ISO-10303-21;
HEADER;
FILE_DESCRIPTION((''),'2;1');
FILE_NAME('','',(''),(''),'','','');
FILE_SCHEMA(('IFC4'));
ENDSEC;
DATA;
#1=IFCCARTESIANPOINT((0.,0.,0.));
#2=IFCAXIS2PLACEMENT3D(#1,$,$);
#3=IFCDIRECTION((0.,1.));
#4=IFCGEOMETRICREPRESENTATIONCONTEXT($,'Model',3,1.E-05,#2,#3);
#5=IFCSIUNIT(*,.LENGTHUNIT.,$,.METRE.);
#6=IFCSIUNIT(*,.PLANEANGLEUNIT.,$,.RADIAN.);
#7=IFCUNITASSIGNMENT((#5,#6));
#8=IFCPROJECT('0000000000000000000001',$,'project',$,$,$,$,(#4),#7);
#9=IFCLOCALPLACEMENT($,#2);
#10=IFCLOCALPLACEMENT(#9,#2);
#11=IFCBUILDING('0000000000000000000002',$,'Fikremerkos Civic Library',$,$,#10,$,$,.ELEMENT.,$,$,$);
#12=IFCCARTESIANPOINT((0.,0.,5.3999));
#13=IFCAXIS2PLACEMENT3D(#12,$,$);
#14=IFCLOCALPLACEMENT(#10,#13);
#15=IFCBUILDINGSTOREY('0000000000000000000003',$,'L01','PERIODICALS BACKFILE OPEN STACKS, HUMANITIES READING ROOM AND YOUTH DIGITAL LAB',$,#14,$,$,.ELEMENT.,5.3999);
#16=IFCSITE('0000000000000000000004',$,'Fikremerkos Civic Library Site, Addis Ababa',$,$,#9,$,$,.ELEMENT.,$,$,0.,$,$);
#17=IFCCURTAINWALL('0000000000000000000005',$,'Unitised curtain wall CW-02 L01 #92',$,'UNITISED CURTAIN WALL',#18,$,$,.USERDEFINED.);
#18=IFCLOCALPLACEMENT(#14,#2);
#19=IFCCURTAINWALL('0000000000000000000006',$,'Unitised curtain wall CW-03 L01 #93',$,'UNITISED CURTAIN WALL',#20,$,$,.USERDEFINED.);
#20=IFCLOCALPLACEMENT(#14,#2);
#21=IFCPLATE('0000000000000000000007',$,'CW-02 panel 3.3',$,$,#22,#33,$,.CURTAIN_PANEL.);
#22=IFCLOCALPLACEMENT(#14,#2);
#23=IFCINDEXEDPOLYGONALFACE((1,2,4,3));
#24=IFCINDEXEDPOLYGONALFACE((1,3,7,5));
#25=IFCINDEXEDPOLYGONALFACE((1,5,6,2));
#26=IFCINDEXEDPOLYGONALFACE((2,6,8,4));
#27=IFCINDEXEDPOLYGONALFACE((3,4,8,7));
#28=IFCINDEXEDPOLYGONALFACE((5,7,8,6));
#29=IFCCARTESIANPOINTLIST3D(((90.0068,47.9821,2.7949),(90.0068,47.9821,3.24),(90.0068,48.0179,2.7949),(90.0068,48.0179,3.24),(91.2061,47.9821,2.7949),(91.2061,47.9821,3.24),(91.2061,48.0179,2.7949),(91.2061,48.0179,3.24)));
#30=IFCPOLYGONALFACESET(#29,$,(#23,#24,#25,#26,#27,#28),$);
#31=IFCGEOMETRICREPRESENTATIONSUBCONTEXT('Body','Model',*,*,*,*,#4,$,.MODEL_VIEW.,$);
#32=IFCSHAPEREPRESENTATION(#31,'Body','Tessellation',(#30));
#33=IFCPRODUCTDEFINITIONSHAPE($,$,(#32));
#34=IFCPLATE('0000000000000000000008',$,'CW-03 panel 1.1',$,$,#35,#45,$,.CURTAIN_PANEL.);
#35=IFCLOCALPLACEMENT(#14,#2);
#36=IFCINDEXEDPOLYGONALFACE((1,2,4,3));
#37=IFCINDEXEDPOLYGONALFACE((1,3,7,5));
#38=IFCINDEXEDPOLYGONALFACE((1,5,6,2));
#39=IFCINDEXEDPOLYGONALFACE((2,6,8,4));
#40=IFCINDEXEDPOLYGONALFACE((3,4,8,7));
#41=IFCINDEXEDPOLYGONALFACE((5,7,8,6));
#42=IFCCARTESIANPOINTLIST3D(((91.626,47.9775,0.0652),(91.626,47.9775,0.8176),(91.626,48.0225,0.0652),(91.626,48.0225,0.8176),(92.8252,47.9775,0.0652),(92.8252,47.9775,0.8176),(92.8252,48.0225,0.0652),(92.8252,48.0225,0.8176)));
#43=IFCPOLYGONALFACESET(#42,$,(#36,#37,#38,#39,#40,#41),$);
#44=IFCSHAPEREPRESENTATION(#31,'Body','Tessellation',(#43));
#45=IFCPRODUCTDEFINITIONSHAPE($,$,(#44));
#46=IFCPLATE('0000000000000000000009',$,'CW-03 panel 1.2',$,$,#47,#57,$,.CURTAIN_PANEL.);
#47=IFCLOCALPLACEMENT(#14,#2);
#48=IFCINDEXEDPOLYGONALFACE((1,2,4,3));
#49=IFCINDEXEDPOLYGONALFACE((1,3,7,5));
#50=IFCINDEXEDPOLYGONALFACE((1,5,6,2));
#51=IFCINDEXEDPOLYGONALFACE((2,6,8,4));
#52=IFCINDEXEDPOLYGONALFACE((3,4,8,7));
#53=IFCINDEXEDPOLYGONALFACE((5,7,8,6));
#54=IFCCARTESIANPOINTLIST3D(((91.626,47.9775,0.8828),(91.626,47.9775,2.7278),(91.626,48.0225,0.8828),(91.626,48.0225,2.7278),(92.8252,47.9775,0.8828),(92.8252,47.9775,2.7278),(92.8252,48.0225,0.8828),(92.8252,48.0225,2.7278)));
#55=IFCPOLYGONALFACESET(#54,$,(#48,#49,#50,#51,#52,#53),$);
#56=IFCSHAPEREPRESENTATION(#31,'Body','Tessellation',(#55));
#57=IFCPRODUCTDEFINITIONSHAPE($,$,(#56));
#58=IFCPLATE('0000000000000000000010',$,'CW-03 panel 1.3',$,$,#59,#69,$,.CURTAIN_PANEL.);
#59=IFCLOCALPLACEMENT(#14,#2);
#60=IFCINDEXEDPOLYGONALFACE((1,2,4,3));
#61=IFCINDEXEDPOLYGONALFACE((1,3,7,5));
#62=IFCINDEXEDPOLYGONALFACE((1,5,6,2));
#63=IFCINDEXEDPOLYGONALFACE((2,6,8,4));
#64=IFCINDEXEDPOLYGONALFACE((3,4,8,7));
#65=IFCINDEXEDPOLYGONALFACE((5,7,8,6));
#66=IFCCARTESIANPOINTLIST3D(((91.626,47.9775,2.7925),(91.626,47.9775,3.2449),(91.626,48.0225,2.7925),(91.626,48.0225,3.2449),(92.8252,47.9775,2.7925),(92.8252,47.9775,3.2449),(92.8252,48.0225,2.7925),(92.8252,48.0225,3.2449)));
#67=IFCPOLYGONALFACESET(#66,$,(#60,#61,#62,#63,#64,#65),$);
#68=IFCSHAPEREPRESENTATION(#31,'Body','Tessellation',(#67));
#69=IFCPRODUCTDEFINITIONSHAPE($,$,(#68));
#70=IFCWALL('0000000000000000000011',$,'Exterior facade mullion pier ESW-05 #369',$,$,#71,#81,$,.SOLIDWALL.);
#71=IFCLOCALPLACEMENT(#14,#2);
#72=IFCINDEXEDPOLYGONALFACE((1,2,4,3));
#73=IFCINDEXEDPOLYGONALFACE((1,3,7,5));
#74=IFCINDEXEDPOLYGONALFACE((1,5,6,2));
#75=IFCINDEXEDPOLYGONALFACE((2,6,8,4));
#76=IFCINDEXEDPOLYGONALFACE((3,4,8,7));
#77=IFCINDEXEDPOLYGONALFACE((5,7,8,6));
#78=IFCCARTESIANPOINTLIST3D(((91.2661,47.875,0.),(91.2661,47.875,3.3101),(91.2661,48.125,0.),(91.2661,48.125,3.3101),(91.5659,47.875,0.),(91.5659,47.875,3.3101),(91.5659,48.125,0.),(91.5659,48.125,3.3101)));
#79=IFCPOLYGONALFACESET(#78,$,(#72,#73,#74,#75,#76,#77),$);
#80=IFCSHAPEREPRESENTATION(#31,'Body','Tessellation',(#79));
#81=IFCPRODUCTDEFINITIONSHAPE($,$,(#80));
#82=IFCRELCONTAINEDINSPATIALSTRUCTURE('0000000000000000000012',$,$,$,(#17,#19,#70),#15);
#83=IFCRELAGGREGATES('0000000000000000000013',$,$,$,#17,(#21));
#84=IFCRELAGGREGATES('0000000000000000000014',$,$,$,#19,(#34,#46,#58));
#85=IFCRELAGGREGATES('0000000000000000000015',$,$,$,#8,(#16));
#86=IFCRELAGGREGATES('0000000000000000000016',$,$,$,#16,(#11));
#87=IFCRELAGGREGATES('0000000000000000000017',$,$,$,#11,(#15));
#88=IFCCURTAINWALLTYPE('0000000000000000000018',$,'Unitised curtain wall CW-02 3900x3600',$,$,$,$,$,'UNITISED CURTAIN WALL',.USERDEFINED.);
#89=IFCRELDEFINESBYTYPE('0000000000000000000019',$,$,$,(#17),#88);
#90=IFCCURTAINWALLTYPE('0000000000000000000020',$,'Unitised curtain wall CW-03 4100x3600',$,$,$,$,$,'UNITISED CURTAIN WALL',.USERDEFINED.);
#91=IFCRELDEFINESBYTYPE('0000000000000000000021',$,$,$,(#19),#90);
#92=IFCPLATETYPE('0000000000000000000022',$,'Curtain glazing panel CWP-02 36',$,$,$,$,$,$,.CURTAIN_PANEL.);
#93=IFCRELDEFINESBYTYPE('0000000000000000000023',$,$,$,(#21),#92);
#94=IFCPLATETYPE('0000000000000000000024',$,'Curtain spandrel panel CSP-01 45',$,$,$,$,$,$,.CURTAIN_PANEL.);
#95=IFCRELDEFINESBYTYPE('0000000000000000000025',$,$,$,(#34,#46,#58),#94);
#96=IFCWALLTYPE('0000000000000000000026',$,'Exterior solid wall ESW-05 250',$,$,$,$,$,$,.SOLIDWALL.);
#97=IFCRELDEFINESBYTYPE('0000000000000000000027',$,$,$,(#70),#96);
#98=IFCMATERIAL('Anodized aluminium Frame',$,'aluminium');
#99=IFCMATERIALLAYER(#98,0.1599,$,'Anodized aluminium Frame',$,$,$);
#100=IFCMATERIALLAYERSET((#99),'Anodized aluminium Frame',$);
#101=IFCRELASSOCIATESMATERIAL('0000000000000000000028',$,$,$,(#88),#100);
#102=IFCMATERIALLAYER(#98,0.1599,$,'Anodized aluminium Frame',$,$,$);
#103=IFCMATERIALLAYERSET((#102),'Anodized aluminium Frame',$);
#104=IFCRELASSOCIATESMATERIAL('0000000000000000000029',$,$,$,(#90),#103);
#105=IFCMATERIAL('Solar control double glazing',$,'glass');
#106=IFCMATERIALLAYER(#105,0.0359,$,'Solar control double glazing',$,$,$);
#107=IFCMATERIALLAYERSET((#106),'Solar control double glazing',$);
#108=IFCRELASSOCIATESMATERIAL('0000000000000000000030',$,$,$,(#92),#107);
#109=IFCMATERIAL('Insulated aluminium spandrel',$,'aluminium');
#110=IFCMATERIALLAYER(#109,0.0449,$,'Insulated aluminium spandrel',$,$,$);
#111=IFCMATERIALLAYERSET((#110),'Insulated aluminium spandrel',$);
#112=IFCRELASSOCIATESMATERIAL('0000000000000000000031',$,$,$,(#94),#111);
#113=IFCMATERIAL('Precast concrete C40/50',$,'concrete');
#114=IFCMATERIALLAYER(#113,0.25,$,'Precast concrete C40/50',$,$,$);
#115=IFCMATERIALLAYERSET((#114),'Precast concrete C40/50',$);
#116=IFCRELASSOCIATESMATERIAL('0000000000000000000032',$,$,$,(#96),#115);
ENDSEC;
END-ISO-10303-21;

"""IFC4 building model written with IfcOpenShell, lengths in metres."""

from ifc_helpers import new_model, si_unit, direction, frame, frame_2d, origin, origin_2d, place, context, subcontext, project, spatial, rectangle, extrude, material, layer, layer_set, type_object, element, aggregate, save


model = new_model("IFC4")

# Units and contexts
model_context = context("Model", 3, precision=1e-05, world=origin(), true_north=direction((0.0, 1.0)))
body_context = subcontext(model_context, "Body", "Model", "MODEL_VIEW")
ifc_project = project(units=[si_unit("LENGTHUNIT", "METRE"), si_unit("PLANEANGLEUNIT", "RADIAN")], contexts=[model_context])

# Site, building, storey
site_placement = place(None, origin())
site = spatial("IfcSite", under=ifc_project, at=site_placement, Name="Fikremerkos Civic Library Site, Addis Ababa", CompositionType="ELEMENT", RefElevation=0.0)
building_placement = place(site_placement, origin())
building = spatial("IfcBuilding", under=site, at=building_placement, Name="Fikremerkos Civic Library", CompositionType="ELEMENT")
storey_placement = place(building_placement, frame((0.0, 0.0, 5.3999)))
storey = spatial("IfcBuildingStorey", under=building, at=storey_placement, Name="L01", Description="PERIODICALS BACKFILE OPEN STACKS, HUMANITIES READING ROOM AND YOUTH DIGITAL LAB", CompositionType="ELEMENT", Elevation=5.3999)

# Curtain wall
ifc_material_1 = material(Name="Anodized aluminium Frame", Category="aluminium")
ifc_layer_1 = layer(ifc_material_1, 0.1599, Name="Anodized aluminium Frame")
ifc_layer_set_1 = layer_set([ifc_layer_1], Name="Anodized aluminium Frame")
curtain_wall_type_1 = type_object("IfcCurtainWallType", Name="Unitised curtain wall CW-02 3900x3600", ElementType="UNITISED CURTAIN WALL", PredefinedType="USERDEFINED", material=ifc_layer_set_1)
curtain_wall_1_placement = place(storey_placement, origin())
curtain_wall_1 = element("IfcCurtainWall", 1, at=curtain_wall_1_placement, inside=storey, type_object=curtain_wall_type_1, Name="Unitised curtain wall CW-02 L01 #92", ObjectType="UNITISED CURTAIN WALL", PredefinedType="USERDEFINED")

# Curtain wall
ifc_layer_2 = layer(ifc_material_1, 0.1599, Name="Anodized aluminium Frame")
ifc_layer_set_2 = layer_set([ifc_layer_2], Name="Anodized aluminium Frame")
curtain_wall_type_2 = type_object("IfcCurtainWallType", Name="Unitised curtain wall CW-03 4100x3600", ElementType="UNITISED CURTAIN WALL", PredefinedType="USERDEFINED", material=ifc_layer_set_2)
curtain_wall_2_placement = place(storey_placement, origin())
curtain_wall_2 = element("IfcCurtainWall", 2, at=curtain_wall_2_placement, inside=storey, type_object=curtain_wall_type_2, Name="Unitised curtain wall CW-03 L01 #93", ObjectType="UNITISED CURTAIN WALL", PredefinedType="USERDEFINED")

# Plates
ifc_material_2 = material(Name="Solar control double glazing", Category="glass")
ifc_layer_3 = layer(ifc_material_2, 0.0359, Name="Solar control double glazing")
ifc_layer_set_3 = layer_set([ifc_layer_3], Name="Solar control double glazing")
plate_type_1 = type_object("IfcPlateType", Name="Curtain glazing panel CWP-02 36", PredefinedType="CURTAIN_PANEL", material=ifc_layer_set_3)
plate_1_placement = place(storey_placement, frame((90.6064, 48.0, 2.7949), z_axis=(0.0, 0.0, 1.0), x_axis=(1.0, 0.0, 0.0)))
plate_1 = element("IfcPlate", 3, at=plate_1_placement, type_object=plate_type_1, Name="CW-02 panel 3.3", PredefinedType="CURTAIN_PANEL", context=body_context, shape_type="SweptSolid", body=[
    extrude(rectangle(XDim=1.1992, YDim=0.0359, at=origin_2d()), origin(), (0.0, 0.0, 1.0), 0.4451),
])
aggregate(curtain_wall_1, [plate_1])
ifc_material_3 = material(Name="Insulated aluminium spandrel", Category="aluminium")
ifc_layer_4 = layer(ifc_material_3, 0.0449, Name="Insulated aluminium spandrel")
ifc_layer_set_4 = layer_set([ifc_layer_4], Name="Insulated aluminium spandrel")
plate_type_2 = type_object("IfcPlateType", Name="Curtain spandrel panel CSP-01 45", PredefinedType="CURTAIN_PANEL", material=ifc_layer_set_4)
plate_2_placement = place(storey_placement, frame((92.2256, 48.0, 0.0652), z_axis=(0.0, 0.0, 1.0), x_axis=(1.0, 0.0, 0.0)))
plate_2 = element("IfcPlate", 4, at=plate_2_placement, type_object=plate_type_2, Name="CW-03 panel 1.1", PredefinedType="CURTAIN_PANEL", context=body_context, shape_type="SweptSolid", body=[
    extrude(rectangle(XDim=1.1992, YDim=0.0449, at=origin_2d()), origin(), (0.0, 0.0, 1.0), 0.7524),
])
plate_3_placement = place(storey_placement, frame((92.2256, 48.0, 0.8828), z_axis=(0.0, 0.0, 1.0), x_axis=(1.0, 0.0, 0.0)))
plate_3 = element("IfcPlate", 5, at=plate_3_placement, type_object=plate_type_2, Name="CW-03 panel 1.2", PredefinedType="CURTAIN_PANEL", context=body_context, shape_type="SweptSolid", body=[
    extrude(rectangle(XDim=1.1992, YDim=0.0449, at=origin_2d()), origin(), (0.0, 0.0, 1.0), 1.845),
])
plate_4_placement = place(storey_placement, frame((92.2256, 48.0, 2.7925), z_axis=(0.0, 0.0, 1.0), x_axis=(1.0, 0.0, 0.0)))
plate_4 = element("IfcPlate", 6, at=plate_4_placement, type_object=plate_type_2, Name="CW-03 panel 1.3", PredefinedType="CURTAIN_PANEL", context=body_context, shape_type="SweptSolid", body=[
    extrude(rectangle(XDim=1.1992, YDim=0.0449, at=origin_2d()), origin(), (0.0, 0.0, 1.0), 0.4524),
])
aggregate(curtain_wall_2, [plate_2, plate_3, plate_4])

# Wall
ifc_material_4 = material(Name="Precast concrete C40/50", Category="concrete")
ifc_layer_5 = layer(ifc_material_4, 0.25, Name="Precast concrete C40/50")
ifc_layer_set_5 = layer_set([ifc_layer_5], Name="Precast concrete C40/50")
wall_type = type_object("IfcWallType", Name="Exterior solid wall ESW-05 250", PredefinedType="SOLIDWALL", material=ifc_layer_set_5)
wall_placement = place(storey_placement, frame((91.2661, 48.0, 0.0), z_axis=(0.0, 0.0, 1.0), x_axis=(1.0, 0.0, 0.0)))
element("IfcWall", 7, at=wall_placement, inside=storey, type_object=wall_type, Name="Exterior facade mullion pier ESW-05 #369", PredefinedType="SOLIDWALL", context=body_context, shape_type="SweptSolid", body=[
    extrude(rectangle(XDim=0.2998, YDim=0.25, at=frame_2d((0.1499, 0.0))), origin(), (0.0, 0.0, 1.0), 3.3101),
])

save(model, "model.ifc")
